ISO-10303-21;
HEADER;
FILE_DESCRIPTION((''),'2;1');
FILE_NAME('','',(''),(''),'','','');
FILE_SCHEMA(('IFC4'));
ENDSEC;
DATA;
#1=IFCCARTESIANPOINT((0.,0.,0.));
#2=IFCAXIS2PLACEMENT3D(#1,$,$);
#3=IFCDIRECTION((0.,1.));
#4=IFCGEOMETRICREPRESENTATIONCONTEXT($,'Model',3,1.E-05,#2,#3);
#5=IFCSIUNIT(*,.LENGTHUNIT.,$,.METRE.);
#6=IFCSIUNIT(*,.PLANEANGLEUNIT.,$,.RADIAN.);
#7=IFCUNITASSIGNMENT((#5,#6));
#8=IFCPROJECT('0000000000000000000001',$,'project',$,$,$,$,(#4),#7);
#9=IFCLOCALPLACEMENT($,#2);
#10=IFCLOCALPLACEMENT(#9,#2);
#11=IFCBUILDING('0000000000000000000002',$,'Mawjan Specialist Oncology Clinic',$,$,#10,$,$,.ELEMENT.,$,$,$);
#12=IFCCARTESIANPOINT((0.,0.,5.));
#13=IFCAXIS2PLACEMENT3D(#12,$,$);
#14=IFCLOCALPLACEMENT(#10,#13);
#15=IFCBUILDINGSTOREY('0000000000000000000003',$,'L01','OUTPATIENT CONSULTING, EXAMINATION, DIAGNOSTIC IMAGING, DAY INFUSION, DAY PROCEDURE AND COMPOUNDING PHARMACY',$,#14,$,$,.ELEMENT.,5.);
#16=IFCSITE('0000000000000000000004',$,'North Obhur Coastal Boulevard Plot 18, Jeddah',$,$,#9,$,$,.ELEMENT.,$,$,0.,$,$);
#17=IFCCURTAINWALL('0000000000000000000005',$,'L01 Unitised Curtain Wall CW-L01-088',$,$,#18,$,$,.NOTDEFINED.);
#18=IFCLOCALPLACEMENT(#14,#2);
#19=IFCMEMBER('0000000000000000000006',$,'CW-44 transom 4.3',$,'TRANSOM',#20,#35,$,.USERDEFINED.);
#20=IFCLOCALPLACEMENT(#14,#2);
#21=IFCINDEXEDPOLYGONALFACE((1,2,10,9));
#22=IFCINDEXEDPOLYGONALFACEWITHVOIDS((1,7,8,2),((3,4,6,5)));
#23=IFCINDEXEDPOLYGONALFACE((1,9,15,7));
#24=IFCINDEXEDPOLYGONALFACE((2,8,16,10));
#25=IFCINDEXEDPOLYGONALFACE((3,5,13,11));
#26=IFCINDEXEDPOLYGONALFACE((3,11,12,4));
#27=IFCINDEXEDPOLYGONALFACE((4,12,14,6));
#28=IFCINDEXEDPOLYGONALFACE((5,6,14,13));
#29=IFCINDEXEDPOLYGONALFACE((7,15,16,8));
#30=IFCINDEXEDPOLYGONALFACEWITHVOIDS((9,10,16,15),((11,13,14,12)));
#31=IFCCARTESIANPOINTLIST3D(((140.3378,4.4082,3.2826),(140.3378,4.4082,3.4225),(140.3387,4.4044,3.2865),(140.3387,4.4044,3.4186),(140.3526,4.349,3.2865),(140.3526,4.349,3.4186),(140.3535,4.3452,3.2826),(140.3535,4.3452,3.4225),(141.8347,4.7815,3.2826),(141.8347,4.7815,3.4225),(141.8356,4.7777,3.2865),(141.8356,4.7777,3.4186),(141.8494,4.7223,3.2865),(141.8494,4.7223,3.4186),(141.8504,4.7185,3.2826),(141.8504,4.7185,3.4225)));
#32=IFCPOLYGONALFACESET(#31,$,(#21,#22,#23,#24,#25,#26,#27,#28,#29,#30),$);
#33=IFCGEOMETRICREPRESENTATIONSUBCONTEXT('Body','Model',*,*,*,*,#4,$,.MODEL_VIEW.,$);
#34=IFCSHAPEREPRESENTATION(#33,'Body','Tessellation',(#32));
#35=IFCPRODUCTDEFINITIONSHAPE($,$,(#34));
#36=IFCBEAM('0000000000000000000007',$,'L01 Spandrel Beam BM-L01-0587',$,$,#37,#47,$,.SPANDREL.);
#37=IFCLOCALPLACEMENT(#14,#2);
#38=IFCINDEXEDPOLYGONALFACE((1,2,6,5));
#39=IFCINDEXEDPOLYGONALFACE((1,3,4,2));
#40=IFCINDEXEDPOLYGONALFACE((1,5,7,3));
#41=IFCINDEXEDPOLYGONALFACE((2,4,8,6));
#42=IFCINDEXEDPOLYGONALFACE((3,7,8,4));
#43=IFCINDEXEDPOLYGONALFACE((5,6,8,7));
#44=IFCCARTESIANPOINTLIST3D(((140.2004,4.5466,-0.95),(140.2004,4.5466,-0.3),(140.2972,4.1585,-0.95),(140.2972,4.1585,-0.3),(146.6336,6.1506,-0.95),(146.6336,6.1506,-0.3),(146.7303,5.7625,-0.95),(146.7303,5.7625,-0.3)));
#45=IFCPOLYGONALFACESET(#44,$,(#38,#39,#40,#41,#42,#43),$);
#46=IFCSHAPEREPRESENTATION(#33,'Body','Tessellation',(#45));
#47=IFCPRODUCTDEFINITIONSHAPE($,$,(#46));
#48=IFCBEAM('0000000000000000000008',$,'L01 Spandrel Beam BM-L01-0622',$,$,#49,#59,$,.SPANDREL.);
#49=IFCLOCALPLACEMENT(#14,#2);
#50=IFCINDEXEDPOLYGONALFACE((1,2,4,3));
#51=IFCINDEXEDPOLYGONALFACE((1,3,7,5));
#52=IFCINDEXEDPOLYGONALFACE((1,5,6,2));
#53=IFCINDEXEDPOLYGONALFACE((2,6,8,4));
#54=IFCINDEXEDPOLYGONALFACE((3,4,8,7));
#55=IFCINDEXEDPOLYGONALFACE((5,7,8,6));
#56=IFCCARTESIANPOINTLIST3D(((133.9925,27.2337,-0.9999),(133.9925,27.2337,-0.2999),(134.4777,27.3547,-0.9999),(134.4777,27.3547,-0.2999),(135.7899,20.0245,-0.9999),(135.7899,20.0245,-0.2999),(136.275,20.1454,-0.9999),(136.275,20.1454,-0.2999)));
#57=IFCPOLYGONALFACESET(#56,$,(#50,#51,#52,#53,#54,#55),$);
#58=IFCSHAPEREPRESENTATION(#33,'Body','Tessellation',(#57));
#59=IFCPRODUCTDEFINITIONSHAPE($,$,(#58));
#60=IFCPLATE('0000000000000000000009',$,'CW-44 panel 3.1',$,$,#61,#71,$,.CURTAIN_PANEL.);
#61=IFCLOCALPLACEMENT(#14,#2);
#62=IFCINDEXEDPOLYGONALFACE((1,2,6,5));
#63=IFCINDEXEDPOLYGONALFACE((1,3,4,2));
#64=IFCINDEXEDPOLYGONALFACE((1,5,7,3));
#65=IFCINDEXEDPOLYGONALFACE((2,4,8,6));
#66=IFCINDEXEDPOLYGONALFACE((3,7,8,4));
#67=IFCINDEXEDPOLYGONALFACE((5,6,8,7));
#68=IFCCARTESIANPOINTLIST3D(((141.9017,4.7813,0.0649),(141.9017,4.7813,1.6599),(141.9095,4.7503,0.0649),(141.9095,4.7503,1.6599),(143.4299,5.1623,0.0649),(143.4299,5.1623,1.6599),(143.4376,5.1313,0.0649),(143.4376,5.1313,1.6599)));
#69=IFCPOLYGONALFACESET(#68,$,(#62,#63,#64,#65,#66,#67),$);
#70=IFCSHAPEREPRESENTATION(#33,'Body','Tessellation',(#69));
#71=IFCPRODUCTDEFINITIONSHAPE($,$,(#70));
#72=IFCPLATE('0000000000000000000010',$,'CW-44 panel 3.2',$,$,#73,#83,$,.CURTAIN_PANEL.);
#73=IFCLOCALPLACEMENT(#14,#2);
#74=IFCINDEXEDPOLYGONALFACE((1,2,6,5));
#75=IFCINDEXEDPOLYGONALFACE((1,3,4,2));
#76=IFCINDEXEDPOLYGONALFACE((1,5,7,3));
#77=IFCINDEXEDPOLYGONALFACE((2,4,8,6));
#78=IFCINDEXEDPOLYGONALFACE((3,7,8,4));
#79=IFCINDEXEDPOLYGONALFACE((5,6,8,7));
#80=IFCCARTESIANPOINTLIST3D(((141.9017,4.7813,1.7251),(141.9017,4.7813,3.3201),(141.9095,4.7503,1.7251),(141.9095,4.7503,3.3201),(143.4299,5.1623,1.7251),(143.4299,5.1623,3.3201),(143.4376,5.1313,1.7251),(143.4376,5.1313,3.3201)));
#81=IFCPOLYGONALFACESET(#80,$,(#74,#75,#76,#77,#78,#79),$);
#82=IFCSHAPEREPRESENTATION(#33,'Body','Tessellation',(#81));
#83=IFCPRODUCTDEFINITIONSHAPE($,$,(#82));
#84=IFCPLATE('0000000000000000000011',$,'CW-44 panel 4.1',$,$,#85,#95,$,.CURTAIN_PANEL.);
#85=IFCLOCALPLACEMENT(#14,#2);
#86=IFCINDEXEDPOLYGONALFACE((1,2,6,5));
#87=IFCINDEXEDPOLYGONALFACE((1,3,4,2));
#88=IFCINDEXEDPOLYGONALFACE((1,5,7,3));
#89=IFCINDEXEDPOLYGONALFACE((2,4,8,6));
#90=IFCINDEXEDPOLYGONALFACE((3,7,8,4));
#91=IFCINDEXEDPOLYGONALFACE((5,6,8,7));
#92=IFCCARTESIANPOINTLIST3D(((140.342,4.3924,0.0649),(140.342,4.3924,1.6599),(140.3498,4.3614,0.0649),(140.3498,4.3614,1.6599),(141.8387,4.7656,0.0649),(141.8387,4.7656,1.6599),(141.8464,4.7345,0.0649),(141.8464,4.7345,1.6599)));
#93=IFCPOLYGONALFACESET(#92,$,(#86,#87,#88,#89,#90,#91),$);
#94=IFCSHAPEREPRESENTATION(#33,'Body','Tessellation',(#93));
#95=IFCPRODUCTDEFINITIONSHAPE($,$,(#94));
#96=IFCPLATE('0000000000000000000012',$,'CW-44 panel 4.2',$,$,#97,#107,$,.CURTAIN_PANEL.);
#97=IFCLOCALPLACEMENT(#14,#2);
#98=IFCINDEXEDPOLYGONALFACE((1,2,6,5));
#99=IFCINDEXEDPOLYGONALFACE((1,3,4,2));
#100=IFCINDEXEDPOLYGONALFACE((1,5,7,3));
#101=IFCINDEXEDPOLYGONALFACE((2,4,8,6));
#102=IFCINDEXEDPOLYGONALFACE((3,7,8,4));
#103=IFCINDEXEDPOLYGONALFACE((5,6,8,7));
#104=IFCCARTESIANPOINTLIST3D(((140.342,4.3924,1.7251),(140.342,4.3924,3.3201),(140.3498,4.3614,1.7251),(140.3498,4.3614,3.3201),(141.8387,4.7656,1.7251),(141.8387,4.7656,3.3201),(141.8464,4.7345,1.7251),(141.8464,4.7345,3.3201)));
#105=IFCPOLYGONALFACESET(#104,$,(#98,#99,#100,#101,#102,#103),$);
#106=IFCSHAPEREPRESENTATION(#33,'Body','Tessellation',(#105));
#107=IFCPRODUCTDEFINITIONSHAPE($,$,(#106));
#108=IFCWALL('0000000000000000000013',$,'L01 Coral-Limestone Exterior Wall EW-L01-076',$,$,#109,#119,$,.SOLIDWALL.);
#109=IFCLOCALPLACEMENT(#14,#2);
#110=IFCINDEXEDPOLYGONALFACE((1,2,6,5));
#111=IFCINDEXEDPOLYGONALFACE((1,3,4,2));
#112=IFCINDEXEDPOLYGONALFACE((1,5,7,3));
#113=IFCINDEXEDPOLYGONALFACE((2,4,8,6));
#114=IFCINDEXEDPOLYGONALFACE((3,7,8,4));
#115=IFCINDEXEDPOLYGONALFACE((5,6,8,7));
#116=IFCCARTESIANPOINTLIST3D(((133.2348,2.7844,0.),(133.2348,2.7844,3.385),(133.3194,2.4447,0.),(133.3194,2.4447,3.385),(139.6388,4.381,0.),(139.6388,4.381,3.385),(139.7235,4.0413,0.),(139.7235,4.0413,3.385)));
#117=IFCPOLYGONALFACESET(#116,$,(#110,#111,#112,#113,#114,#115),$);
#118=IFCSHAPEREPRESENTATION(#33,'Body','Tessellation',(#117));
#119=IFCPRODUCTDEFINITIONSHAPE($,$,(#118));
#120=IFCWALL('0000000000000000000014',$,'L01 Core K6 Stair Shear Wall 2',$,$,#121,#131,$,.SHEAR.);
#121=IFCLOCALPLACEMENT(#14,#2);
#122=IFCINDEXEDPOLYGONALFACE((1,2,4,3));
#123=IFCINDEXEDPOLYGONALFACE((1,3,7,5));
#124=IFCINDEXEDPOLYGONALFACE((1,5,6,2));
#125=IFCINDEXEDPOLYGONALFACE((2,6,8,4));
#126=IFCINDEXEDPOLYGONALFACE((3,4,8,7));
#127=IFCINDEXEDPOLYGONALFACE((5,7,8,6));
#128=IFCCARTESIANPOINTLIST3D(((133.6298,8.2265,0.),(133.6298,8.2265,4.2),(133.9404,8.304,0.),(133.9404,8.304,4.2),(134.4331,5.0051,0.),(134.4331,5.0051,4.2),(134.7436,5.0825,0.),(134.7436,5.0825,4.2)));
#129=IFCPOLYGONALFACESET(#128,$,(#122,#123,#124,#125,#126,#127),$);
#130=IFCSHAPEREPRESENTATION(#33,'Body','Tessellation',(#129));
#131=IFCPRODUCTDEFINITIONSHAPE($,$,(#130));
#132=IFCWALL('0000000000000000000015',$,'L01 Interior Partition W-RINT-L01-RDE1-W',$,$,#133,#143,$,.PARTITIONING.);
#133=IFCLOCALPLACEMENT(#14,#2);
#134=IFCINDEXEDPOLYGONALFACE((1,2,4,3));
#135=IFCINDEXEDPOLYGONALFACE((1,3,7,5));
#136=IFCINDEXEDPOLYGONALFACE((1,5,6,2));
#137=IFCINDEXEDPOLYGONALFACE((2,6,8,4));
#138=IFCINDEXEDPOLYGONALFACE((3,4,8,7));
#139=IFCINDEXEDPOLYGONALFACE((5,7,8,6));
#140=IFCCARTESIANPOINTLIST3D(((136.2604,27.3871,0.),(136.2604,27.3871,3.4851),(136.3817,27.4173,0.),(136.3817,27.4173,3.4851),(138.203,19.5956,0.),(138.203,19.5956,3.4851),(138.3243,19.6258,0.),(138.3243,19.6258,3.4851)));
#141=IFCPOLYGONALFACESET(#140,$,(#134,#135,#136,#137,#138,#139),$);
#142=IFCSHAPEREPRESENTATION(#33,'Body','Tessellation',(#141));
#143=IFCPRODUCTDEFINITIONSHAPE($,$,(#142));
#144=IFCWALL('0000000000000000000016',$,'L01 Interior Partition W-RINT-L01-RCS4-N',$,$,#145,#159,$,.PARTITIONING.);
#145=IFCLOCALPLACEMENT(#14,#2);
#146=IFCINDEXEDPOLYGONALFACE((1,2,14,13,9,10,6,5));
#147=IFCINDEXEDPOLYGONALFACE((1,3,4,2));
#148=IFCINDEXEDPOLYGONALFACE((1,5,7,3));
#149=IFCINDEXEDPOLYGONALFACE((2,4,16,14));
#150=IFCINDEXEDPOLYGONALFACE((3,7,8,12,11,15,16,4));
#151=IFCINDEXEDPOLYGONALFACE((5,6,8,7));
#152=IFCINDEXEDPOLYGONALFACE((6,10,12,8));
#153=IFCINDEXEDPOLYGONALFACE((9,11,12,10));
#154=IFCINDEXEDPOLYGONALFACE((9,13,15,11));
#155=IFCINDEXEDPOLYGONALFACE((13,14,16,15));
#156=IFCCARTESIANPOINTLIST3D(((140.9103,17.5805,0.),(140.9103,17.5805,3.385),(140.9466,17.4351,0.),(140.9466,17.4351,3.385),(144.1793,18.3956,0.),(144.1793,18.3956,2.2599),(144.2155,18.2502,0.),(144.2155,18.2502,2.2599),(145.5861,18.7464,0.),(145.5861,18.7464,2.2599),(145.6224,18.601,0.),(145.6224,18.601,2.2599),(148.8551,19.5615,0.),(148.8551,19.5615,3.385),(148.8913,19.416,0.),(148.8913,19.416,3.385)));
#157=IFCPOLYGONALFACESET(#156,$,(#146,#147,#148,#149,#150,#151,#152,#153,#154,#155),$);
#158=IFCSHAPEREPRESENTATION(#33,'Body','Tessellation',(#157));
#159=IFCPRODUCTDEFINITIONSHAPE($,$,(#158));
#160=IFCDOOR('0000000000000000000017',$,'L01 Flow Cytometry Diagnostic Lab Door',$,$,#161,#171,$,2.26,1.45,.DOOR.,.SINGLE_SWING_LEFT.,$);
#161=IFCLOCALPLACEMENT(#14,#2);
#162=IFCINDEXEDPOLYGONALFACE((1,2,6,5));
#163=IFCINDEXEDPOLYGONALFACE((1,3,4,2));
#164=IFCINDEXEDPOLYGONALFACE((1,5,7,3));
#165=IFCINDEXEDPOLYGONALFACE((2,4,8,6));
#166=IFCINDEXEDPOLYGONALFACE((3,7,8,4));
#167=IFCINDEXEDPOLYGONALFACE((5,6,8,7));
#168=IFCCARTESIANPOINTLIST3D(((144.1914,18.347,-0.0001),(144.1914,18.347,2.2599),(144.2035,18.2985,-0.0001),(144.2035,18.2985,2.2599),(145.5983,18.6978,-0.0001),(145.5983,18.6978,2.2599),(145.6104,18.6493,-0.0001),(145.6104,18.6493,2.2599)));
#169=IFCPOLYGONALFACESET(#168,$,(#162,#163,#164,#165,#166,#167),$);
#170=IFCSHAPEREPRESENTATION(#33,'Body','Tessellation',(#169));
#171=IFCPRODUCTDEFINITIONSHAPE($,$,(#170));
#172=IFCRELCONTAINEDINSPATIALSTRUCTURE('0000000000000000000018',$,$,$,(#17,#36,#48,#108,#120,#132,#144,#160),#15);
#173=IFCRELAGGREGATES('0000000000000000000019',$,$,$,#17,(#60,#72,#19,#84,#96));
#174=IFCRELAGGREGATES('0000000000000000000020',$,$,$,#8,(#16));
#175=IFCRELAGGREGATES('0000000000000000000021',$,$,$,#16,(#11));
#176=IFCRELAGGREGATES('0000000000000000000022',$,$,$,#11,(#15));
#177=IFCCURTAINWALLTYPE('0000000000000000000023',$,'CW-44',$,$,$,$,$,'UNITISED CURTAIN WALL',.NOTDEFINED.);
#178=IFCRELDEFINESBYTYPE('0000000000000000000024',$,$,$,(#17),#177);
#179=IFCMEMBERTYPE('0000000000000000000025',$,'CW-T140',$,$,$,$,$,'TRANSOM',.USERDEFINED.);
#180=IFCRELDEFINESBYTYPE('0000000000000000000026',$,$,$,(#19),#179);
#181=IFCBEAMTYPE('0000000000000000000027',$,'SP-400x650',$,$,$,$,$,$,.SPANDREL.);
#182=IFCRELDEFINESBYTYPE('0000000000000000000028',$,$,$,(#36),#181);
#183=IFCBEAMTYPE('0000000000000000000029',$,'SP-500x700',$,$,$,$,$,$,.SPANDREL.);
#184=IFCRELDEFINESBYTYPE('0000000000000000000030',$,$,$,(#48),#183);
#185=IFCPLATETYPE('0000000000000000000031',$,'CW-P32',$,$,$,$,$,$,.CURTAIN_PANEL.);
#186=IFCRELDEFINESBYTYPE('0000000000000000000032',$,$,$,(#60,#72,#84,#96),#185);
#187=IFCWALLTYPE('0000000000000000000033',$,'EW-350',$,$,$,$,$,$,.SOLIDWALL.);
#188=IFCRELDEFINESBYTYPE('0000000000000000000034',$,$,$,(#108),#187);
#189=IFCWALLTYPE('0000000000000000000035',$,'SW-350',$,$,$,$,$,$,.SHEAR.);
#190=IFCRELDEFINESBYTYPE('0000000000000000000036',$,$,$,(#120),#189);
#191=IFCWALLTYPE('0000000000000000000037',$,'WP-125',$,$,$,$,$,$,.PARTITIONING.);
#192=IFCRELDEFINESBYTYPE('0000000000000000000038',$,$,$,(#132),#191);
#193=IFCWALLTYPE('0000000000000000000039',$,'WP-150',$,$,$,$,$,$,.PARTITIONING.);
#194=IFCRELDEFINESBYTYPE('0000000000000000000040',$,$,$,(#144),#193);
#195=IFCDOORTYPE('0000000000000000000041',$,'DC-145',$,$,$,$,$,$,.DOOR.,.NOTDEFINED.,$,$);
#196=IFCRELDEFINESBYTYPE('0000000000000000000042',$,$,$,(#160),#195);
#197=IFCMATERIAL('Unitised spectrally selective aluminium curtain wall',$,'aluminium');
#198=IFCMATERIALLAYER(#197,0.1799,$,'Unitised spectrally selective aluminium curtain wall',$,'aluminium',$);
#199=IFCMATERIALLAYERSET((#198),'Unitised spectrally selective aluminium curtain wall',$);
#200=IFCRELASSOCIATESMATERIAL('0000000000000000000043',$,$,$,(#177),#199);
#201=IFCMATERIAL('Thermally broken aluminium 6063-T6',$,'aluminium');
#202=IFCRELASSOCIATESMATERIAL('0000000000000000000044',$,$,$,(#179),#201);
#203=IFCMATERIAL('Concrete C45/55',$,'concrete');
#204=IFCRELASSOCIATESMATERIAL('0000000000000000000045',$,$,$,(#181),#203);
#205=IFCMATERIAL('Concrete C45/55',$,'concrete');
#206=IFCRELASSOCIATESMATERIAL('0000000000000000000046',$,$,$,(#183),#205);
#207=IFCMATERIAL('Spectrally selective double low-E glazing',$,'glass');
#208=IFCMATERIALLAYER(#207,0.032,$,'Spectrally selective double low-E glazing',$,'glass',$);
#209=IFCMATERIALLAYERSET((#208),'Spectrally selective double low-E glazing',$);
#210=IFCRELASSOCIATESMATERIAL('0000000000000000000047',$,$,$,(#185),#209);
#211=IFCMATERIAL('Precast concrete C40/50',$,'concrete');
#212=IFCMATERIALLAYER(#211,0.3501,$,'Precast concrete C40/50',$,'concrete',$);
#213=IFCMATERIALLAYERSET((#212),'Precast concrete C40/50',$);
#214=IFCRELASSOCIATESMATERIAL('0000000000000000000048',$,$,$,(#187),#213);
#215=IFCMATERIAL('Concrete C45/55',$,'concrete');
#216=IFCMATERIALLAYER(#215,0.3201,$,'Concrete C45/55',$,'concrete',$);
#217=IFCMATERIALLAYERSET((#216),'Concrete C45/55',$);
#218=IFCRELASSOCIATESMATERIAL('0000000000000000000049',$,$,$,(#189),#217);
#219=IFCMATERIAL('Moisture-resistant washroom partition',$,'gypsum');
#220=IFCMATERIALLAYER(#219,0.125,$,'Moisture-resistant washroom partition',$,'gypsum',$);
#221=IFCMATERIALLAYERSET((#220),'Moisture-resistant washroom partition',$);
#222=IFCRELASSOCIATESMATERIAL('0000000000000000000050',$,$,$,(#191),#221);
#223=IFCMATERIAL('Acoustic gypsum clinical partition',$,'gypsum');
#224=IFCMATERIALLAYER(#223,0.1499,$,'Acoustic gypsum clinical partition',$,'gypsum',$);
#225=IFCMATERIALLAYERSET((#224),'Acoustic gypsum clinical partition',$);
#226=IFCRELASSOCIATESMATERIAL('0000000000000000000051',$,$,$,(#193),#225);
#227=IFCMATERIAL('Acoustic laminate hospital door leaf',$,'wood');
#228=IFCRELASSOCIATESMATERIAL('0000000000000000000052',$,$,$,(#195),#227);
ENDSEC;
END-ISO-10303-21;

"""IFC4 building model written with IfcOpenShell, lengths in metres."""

from ifc_helpers import new_model, si_unit, direction, frame, frame_2d, origin, origin_2d, place, context, subcontext, project, spatial, rectangle, hollow_rectangle, extrude, material, layer, layer_set, material_profile, profile_set, type_object, element, fill, aggregate, save


model = new_model("IFC4")

# Units and contexts
model_context = context("Model", 3, precision=1e-05, world=origin(), true_north=direction((0.0, 1.0)))
body_context = subcontext(model_context, "Body", "Model", "MODEL_VIEW")
ifc_project = project(units=[si_unit("LENGTHUNIT", "METRE"), si_unit("PLANEANGLEUNIT", "RADIAN")], contexts=[model_context])

# Site, building, storey
site_placement = place(None, origin())
site = spatial("IfcSite", under=ifc_project, at=site_placement, Name="North Obhur Coastal Boulevard Plot 18, Jeddah", CompositionType="ELEMENT", RefElevation=0.0)
building_placement = place(site_placement, origin())
building = spatial("IfcBuilding", under=site, at=building_placement, Name="Mawjan Specialist Oncology Clinic", CompositionType="ELEMENT")
storey_placement = place(building_placement, frame((0.0, 0.0, 5.0)))
storey = spatial("IfcBuildingStorey", under=building, at=storey_placement, Name="L01", Description="OUTPATIENT CONSULTING, EXAMINATION, DIAGNOSTIC IMAGING, DAY INFUSION, DAY PROCEDURE AND COMPOUNDING PHARMACY", CompositionType="ELEMENT", Elevation=5.0)

# Curtain wall, member
ifc_material_1 = material(Name="Unitised spectrally selective aluminium curtain wall", Category="aluminium")
ifc_layer_1 = layer(ifc_material_1, 0.1799, Name="Unitised spectrally selective aluminium curtain wall", Category="aluminium")
ifc_layer_set_1 = layer_set([ifc_layer_1], Name="Unitised spectrally selective aluminium curtain wall")
curtain_wall_type = type_object("IfcCurtainWallType", Name="CW-44", ElementType="UNITISED CURTAIN WALL", PredefinedType="NOTDEFINED", material=ifc_layer_set_1)
curtain_wall_placement = place(storey_placement, origin())
curtain_wall = element("IfcCurtainWall", 1, at=curtain_wall_placement, inside=storey, type_object=curtain_wall_type, Name="L01 Unitised Curtain Wall CW-L01-088", PredefinedType="NOTDEFINED")
ifc_material_2 = material(Name="Thermally broken aluminium 6063-T6", Category="aluminium")
ifc_material_profile_1 = material_profile(ifc_material_2, hollow_rectangle(XDim=0.0649, YDim=0.1399, WallThickness=0.0039, at=origin_2d()), Name="ALU TRANSOM 140x65x4", Category="aluminium")
ifc_profile_set_1 = profile_set([ifc_material_profile_1], Name="Thermally broken aluminium 6063-T6")
member_type_1 = type_object("IfcMemberType", Name="CW-T140", ElementType="TRANSOM", PredefinedType="USERDEFINED", material=ifc_profile_set_1)
member_1_placement = place(storey_placement, frame((141.8425, 4.75, 3.3525), z_axis=(-0.970282, -0.241977, 0.0), x_axis=(0.241977, -0.970282, 0.0)))
member_1 = element("IfcMember", 2, at=member_1_placement, type_object=member_type_1, Name="CW-44 transom 4.3", ObjectType="TRANSOM", PredefinedType="USERDEFINED", context=body_context, shape_type="SweptSolid", body=[
    extrude(hollow_rectangle(XDim=0.0649, YDim=0.1399, WallThickness=0.0039, at=origin_2d()), origin(), (0.0, 0.0, 1.0), 1.5427),
])

# Beams
ifc_material_3 = material(Name="Concrete C45/55", Category="concrete")
ifc_material_profile_2 = material_profile(ifc_material_3, rectangle(XDim=0.3999, YDim=0.6499, at=origin_2d()), Name="RC BM 400x650", Category="concrete")
ifc_profile_set_2 = profile_set([ifc_material_profile_2], Name="Concrete C45/55")
beam_type_1 = type_object("IfcBeamType", Name="SP-400x650", PredefinedType="SPANDREL", material=ifc_profile_set_2)
beam_1_placement = place(storey_placement, frame((140.2488, 4.3525, -0.625), z_axis=(0.970294, 0.241929, 0.0), x_axis=(-0.241929, 0.970294, 0.0)))
element("IfcBeam", 3, at=beam_1_placement, inside=storey, type_object=beam_type_1, Name="L01 Spandrel Beam BM-L01-0587", PredefinedType="SPANDREL", context=body_context, shape_type="SweptSolid", body=[
    extrude(rectangle(XDim=0.3999, YDim=0.6499, at=origin_2d()), origin(), (0.0, 0.0, 1.0), 6.6301),
])
ifc_material_4 = material(Name="Concrete C45/55", Category="concrete")
ifc_material_profile_3 = material_profile(ifc_material_4, rectangle(XDim=0.5, YDim=0.7, at=origin_2d()), Name="RC BM 500x700", Category="concrete")
ifc_profile_set_3 = profile_set([ifc_material_profile_3], Name="Concrete C45/55")
beam_type_2 = type_object("IfcBeamType", Name="SP-500x700", PredefinedType="SPANDREL", material=ifc_profile_set_3)
beam_2_placement = place(storey_placement, frame((136.0325, 20.085, -0.6499), z_axis=(-0.241909, 0.970299, 0.0), x_axis=(-0.970299, -0.241909, 0.0)))
element("IfcBeam", 4, at=beam_2_placement, inside=storey, type_object=beam_type_2, Name="L01 Spandrel Beam BM-L01-0622", PredefinedType="SPANDREL", context=body_context, shape_type="SweptSolid", body=[
    extrude(rectangle(XDim=0.5, YDim=0.7, at=origin_2d()), origin(), (0.0, 0.0, 1.0), 7.4299),
])

# Plates
ifc_material_5 = material(Name="Spectrally selective double low-E glazing", Category="glass")
ifc_layer_2 = layer(ifc_material_5, 0.032, Name="Spectrally selective double low-E glazing", Category="glass")
ifc_layer_set_2 = layer_set([ifc_layer_2], Name="Spectrally selective double low-E glazing")
plate_type = type_object("IfcPlateType", Name="CW-P32", PredefinedType="CURTAIN_PANEL", material=ifc_layer_set_2)
plate_1_placement = place(storey_placement, frame((142.6697, 4.9563, 0.0649), z_axis=(0.0, 0.0, 1.0), x_axis=(-0.970296, -0.241922, 0.0)))
plate_1 = element("IfcPlate", 5, at=plate_1_placement, type_object=plate_type, Name="CW-44 panel 3.1", PredefinedType="CURTAIN_PANEL", context=body_context, shape_type="SweptSolid", body=[
    extrude(rectangle(XDim=1.575, YDim=0.032, at=origin_2d()), origin(), (0.0, 0.0, 1.0), 1.595),
])
plate_2_placement = place(storey_placement, frame((142.6697, 4.9563, 1.7251), z_axis=(0.0, 0.0, 1.0), x_axis=(-0.970296, -0.241922, 0.0)))
plate_2 = element("IfcPlate", 6, at=plate_2_placement, type_object=plate_type, Name="CW-44 panel 3.2", PredefinedType="CURTAIN_PANEL", context=body_context, shape_type="SweptSolid", body=[
    extrude(rectangle(XDim=1.575, YDim=0.032, at=origin_2d()), origin(), (0.0, 0.0, 1.0), 1.595),
])
plate_3_placement = place(storey_placement, frame((141.0942, 4.5635, 0.0649), z_axis=(0.0, 0.0, 1.0), x_axis=(-0.970296, -0.241922, 0.0)))
plate_3 = element("IfcPlate", 7, at=plate_3_placement, type_object=plate_type, Name="CW-44 panel 4.1", PredefinedType="CURTAIN_PANEL", context=body_context, shape_type="SweptSolid", body=[
    extrude(rectangle(XDim=1.5425, YDim=0.032, at=origin_2d()), origin(), (0.0, 0.0, 1.0), 1.595),
])
plate_4_placement = place(storey_placement, frame((141.0942, 4.5635, 1.7251), z_axis=(0.0, 0.0, 1.0), x_axis=(-0.970296, -0.241922, 0.0)))
plate_4 = element("IfcPlate", 8, at=plate_4_placement, type_object=plate_type, Name="CW-44 panel 4.2", PredefinedType="CURTAIN_PANEL", context=body_context, shape_type="SweptSolid", body=[
    extrude(rectangle(XDim=1.5425, YDim=0.032, at=origin_2d()), origin(), (0.0, 0.0, 1.0), 1.595),
])
aggregate(curtain_wall, [plate_1, plate_2, member_1, plate_3, plate_4])

# Walls
ifc_material_6 = material(Name="Precast concrete C40/50", Category="concrete")
ifc_layer_3 = layer(ifc_material_6, 0.3501, Name="Precast concrete C40/50", Category="concrete")
ifc_layer_set_3 = layer_set([ifc_layer_3], Name="Precast concrete C40/50")
wall_type_1 = type_object("IfcWallType", Name="EW-350", PredefinedType="SOLIDWALL", material=ifc_layer_set_3)
wall_1_placement = place(storey_placement, frame((139.6812, 4.2112, 0.0), z_axis=(0.0, 0.0, 1.0), x_axis=(-0.970297, -0.241918, 0.0)))
element("IfcWall", 9, at=wall_1_placement, inside=storey, type_object=wall_type_1, Name="L01 Coral-Limestone Exterior Wall EW-L01-076", PredefinedType="SOLIDWALL", context=body_context, shape_type="SweptSolid", body=[
    extrude(rectangle(XDim=6.6001, YDim=0.3501, at=frame_2d((3.3, 0.0))), origin(), (0.0, 0.0, 1.0), 3.385),
])
ifc_material_7 = material(Name="Concrete C45/55", Category="concrete")
ifc_layer_4 = layer(ifc_material_7, 0.3201, Name="Concrete C45/55", Category="concrete")
ifc_layer_set_4 = layer_set([ifc_layer_4], Name="Concrete C45/55")
wall_type_2 = type_object("IfcWallType", Name="SW-350", PredefinedType="SHEAR", material=ifc_layer_set_4)
wall_2_placement = place(storey_placement, frame((134.5884, 5.0437, 0.0), z_axis=(0.0, 0.0, 1.0), x_axis=(-0.24193, 0.970294, 0.0)))
element("IfcWall", 10, at=wall_2_placement, inside=storey, type_object=wall_type_2, Name="L01 Core K6 Stair Shear Wall 2", PredefinedType="SHEAR", context=body_context, shape_type="SweptSolid", body=[
    extrude(rectangle(XDim=3.3201, YDim=0.3201, at=frame_2d((1.6602, 0.0))), origin(), (0.0, 0.0, 1.0), 4.2),
])
ifc_material_8 = material(Name="Moisture-resistant washroom partition", Category="gypsum")
ifc_layer_5 = layer(ifc_material_8, 0.125, Name="Moisture-resistant washroom partition", Category="gypsum")
ifc_layer_set_5 = layer_set([ifc_layer_5], Name="Moisture-resistant washroom partition")
wall_type_3 = type_object("IfcWallType", Name="WP-125", PredefinedType="PARTITIONING", material=ifc_layer_set_5)
wall_3_placement = place(storey_placement, frame((138.2637, 19.6106, 0.0), z_axis=(0.0, 0.0, 1.0), x_axis=(-0.24192, 0.970296, 0.0)))
element("IfcWall", 11, at=wall_3_placement, inside=storey, type_object=wall_type_3, Name="L01 Interior Partition W-RINT-L01-RDE1-W", PredefinedType="PARTITIONING", context=body_context, shape_type="SweptSolid", body=[
    extrude(rectangle(XDim=8.03, YDim=0.125, at=frame_2d((4.0151, 0.0))), origin(), (0.0, 0.0, 1.0), 3.4851),
])

# Wall, opening, door
ifc_material_9 = material(Name="Acoustic gypsum clinical partition", Category="gypsum")
ifc_layer_6 = layer(ifc_material_9, 0.1499, Name="Acoustic gypsum clinical partition", Category="gypsum")
ifc_layer_set_6 = layer_set([ifc_layer_6], Name="Acoustic gypsum clinical partition")
wall_type_4 = type_object("IfcWallType", Name="WP-150", PredefinedType="PARTITIONING", material=ifc_layer_set_6)
wall_4_placement = place(storey_placement, frame((140.9285, 17.5078, 0.0), z_axis=(0.0, 0.0, 1.0), x_axis=(0.970293, 0.241932, 0.0)))
wall_4 = element("IfcWall", 12, at=wall_4_placement, inside=storey, type_object=wall_type_4, Name="L01 Interior Partition W-RINT-L01-RCS4-N", PredefinedType="PARTITIONING", context=body_context, shape_type="SweptSolid", body=[
    extrude(rectangle(XDim=8.188, YDim=0.1499, at=frame_2d((4.094, 0.0))), origin(), (0.0, 0.0, 1.0), 3.385),
])
opening_1_placement = place(wall_4_placement, frame((3.3689, 0.0, 0.0)))
opening_1 = element("IfcOpeningElement", 13, at=opening_1_placement, cuts=wall_4, PredefinedType="OPENING", context=body_context, shape_type="SweptSolid", body=[
    extrude(rectangle(XDim=1.45, YDim=2.26, at=frame_2d((0.7251, 1.1299))), frame((0.0, 0.0869, 0.0), z_axis=(0.0, -1.0, 0.0), x_axis=(1.0, 0.0, 0.0)), (0.0, 0.0, 1.0), 0.1738),
])
ifc_material_10 = material(Name="Acoustic laminate hospital door leaf", Category="wood")
door_type_1 = type_object("IfcDoorType", Name="DC-145", OperationType="NOTDEFINED", PredefinedType="DOOR", material=ifc_material_10)
door_1_placement = place(opening_1_placement, origin())
door_1 = element("IfcDoor", 14, at=door_1_placement, inside=storey, type_object=door_type_1, Name="L01 Flow Cytometry Diagnostic Lab Door", OperationType="SINGLE_SWING_LEFT", OverallHeight=2.26, OverallWidth=1.45, PredefinedType="DOOR", context=body_context, shape_type="SweptSolid", body=[
    extrude(rectangle(XDim=1.45, YDim=2.26, at=frame_2d((0.7251, 1.1299))), frame((0.0, 0.0249, 0.0), z_axis=(0.0, -1.0, 0.0), x_axis=(1.0, 0.0, 0.0)), (0.0, 0.0, 1.0), 0.05),
])
fill(opening_1, door_1)

save(model, "model.ifc")
